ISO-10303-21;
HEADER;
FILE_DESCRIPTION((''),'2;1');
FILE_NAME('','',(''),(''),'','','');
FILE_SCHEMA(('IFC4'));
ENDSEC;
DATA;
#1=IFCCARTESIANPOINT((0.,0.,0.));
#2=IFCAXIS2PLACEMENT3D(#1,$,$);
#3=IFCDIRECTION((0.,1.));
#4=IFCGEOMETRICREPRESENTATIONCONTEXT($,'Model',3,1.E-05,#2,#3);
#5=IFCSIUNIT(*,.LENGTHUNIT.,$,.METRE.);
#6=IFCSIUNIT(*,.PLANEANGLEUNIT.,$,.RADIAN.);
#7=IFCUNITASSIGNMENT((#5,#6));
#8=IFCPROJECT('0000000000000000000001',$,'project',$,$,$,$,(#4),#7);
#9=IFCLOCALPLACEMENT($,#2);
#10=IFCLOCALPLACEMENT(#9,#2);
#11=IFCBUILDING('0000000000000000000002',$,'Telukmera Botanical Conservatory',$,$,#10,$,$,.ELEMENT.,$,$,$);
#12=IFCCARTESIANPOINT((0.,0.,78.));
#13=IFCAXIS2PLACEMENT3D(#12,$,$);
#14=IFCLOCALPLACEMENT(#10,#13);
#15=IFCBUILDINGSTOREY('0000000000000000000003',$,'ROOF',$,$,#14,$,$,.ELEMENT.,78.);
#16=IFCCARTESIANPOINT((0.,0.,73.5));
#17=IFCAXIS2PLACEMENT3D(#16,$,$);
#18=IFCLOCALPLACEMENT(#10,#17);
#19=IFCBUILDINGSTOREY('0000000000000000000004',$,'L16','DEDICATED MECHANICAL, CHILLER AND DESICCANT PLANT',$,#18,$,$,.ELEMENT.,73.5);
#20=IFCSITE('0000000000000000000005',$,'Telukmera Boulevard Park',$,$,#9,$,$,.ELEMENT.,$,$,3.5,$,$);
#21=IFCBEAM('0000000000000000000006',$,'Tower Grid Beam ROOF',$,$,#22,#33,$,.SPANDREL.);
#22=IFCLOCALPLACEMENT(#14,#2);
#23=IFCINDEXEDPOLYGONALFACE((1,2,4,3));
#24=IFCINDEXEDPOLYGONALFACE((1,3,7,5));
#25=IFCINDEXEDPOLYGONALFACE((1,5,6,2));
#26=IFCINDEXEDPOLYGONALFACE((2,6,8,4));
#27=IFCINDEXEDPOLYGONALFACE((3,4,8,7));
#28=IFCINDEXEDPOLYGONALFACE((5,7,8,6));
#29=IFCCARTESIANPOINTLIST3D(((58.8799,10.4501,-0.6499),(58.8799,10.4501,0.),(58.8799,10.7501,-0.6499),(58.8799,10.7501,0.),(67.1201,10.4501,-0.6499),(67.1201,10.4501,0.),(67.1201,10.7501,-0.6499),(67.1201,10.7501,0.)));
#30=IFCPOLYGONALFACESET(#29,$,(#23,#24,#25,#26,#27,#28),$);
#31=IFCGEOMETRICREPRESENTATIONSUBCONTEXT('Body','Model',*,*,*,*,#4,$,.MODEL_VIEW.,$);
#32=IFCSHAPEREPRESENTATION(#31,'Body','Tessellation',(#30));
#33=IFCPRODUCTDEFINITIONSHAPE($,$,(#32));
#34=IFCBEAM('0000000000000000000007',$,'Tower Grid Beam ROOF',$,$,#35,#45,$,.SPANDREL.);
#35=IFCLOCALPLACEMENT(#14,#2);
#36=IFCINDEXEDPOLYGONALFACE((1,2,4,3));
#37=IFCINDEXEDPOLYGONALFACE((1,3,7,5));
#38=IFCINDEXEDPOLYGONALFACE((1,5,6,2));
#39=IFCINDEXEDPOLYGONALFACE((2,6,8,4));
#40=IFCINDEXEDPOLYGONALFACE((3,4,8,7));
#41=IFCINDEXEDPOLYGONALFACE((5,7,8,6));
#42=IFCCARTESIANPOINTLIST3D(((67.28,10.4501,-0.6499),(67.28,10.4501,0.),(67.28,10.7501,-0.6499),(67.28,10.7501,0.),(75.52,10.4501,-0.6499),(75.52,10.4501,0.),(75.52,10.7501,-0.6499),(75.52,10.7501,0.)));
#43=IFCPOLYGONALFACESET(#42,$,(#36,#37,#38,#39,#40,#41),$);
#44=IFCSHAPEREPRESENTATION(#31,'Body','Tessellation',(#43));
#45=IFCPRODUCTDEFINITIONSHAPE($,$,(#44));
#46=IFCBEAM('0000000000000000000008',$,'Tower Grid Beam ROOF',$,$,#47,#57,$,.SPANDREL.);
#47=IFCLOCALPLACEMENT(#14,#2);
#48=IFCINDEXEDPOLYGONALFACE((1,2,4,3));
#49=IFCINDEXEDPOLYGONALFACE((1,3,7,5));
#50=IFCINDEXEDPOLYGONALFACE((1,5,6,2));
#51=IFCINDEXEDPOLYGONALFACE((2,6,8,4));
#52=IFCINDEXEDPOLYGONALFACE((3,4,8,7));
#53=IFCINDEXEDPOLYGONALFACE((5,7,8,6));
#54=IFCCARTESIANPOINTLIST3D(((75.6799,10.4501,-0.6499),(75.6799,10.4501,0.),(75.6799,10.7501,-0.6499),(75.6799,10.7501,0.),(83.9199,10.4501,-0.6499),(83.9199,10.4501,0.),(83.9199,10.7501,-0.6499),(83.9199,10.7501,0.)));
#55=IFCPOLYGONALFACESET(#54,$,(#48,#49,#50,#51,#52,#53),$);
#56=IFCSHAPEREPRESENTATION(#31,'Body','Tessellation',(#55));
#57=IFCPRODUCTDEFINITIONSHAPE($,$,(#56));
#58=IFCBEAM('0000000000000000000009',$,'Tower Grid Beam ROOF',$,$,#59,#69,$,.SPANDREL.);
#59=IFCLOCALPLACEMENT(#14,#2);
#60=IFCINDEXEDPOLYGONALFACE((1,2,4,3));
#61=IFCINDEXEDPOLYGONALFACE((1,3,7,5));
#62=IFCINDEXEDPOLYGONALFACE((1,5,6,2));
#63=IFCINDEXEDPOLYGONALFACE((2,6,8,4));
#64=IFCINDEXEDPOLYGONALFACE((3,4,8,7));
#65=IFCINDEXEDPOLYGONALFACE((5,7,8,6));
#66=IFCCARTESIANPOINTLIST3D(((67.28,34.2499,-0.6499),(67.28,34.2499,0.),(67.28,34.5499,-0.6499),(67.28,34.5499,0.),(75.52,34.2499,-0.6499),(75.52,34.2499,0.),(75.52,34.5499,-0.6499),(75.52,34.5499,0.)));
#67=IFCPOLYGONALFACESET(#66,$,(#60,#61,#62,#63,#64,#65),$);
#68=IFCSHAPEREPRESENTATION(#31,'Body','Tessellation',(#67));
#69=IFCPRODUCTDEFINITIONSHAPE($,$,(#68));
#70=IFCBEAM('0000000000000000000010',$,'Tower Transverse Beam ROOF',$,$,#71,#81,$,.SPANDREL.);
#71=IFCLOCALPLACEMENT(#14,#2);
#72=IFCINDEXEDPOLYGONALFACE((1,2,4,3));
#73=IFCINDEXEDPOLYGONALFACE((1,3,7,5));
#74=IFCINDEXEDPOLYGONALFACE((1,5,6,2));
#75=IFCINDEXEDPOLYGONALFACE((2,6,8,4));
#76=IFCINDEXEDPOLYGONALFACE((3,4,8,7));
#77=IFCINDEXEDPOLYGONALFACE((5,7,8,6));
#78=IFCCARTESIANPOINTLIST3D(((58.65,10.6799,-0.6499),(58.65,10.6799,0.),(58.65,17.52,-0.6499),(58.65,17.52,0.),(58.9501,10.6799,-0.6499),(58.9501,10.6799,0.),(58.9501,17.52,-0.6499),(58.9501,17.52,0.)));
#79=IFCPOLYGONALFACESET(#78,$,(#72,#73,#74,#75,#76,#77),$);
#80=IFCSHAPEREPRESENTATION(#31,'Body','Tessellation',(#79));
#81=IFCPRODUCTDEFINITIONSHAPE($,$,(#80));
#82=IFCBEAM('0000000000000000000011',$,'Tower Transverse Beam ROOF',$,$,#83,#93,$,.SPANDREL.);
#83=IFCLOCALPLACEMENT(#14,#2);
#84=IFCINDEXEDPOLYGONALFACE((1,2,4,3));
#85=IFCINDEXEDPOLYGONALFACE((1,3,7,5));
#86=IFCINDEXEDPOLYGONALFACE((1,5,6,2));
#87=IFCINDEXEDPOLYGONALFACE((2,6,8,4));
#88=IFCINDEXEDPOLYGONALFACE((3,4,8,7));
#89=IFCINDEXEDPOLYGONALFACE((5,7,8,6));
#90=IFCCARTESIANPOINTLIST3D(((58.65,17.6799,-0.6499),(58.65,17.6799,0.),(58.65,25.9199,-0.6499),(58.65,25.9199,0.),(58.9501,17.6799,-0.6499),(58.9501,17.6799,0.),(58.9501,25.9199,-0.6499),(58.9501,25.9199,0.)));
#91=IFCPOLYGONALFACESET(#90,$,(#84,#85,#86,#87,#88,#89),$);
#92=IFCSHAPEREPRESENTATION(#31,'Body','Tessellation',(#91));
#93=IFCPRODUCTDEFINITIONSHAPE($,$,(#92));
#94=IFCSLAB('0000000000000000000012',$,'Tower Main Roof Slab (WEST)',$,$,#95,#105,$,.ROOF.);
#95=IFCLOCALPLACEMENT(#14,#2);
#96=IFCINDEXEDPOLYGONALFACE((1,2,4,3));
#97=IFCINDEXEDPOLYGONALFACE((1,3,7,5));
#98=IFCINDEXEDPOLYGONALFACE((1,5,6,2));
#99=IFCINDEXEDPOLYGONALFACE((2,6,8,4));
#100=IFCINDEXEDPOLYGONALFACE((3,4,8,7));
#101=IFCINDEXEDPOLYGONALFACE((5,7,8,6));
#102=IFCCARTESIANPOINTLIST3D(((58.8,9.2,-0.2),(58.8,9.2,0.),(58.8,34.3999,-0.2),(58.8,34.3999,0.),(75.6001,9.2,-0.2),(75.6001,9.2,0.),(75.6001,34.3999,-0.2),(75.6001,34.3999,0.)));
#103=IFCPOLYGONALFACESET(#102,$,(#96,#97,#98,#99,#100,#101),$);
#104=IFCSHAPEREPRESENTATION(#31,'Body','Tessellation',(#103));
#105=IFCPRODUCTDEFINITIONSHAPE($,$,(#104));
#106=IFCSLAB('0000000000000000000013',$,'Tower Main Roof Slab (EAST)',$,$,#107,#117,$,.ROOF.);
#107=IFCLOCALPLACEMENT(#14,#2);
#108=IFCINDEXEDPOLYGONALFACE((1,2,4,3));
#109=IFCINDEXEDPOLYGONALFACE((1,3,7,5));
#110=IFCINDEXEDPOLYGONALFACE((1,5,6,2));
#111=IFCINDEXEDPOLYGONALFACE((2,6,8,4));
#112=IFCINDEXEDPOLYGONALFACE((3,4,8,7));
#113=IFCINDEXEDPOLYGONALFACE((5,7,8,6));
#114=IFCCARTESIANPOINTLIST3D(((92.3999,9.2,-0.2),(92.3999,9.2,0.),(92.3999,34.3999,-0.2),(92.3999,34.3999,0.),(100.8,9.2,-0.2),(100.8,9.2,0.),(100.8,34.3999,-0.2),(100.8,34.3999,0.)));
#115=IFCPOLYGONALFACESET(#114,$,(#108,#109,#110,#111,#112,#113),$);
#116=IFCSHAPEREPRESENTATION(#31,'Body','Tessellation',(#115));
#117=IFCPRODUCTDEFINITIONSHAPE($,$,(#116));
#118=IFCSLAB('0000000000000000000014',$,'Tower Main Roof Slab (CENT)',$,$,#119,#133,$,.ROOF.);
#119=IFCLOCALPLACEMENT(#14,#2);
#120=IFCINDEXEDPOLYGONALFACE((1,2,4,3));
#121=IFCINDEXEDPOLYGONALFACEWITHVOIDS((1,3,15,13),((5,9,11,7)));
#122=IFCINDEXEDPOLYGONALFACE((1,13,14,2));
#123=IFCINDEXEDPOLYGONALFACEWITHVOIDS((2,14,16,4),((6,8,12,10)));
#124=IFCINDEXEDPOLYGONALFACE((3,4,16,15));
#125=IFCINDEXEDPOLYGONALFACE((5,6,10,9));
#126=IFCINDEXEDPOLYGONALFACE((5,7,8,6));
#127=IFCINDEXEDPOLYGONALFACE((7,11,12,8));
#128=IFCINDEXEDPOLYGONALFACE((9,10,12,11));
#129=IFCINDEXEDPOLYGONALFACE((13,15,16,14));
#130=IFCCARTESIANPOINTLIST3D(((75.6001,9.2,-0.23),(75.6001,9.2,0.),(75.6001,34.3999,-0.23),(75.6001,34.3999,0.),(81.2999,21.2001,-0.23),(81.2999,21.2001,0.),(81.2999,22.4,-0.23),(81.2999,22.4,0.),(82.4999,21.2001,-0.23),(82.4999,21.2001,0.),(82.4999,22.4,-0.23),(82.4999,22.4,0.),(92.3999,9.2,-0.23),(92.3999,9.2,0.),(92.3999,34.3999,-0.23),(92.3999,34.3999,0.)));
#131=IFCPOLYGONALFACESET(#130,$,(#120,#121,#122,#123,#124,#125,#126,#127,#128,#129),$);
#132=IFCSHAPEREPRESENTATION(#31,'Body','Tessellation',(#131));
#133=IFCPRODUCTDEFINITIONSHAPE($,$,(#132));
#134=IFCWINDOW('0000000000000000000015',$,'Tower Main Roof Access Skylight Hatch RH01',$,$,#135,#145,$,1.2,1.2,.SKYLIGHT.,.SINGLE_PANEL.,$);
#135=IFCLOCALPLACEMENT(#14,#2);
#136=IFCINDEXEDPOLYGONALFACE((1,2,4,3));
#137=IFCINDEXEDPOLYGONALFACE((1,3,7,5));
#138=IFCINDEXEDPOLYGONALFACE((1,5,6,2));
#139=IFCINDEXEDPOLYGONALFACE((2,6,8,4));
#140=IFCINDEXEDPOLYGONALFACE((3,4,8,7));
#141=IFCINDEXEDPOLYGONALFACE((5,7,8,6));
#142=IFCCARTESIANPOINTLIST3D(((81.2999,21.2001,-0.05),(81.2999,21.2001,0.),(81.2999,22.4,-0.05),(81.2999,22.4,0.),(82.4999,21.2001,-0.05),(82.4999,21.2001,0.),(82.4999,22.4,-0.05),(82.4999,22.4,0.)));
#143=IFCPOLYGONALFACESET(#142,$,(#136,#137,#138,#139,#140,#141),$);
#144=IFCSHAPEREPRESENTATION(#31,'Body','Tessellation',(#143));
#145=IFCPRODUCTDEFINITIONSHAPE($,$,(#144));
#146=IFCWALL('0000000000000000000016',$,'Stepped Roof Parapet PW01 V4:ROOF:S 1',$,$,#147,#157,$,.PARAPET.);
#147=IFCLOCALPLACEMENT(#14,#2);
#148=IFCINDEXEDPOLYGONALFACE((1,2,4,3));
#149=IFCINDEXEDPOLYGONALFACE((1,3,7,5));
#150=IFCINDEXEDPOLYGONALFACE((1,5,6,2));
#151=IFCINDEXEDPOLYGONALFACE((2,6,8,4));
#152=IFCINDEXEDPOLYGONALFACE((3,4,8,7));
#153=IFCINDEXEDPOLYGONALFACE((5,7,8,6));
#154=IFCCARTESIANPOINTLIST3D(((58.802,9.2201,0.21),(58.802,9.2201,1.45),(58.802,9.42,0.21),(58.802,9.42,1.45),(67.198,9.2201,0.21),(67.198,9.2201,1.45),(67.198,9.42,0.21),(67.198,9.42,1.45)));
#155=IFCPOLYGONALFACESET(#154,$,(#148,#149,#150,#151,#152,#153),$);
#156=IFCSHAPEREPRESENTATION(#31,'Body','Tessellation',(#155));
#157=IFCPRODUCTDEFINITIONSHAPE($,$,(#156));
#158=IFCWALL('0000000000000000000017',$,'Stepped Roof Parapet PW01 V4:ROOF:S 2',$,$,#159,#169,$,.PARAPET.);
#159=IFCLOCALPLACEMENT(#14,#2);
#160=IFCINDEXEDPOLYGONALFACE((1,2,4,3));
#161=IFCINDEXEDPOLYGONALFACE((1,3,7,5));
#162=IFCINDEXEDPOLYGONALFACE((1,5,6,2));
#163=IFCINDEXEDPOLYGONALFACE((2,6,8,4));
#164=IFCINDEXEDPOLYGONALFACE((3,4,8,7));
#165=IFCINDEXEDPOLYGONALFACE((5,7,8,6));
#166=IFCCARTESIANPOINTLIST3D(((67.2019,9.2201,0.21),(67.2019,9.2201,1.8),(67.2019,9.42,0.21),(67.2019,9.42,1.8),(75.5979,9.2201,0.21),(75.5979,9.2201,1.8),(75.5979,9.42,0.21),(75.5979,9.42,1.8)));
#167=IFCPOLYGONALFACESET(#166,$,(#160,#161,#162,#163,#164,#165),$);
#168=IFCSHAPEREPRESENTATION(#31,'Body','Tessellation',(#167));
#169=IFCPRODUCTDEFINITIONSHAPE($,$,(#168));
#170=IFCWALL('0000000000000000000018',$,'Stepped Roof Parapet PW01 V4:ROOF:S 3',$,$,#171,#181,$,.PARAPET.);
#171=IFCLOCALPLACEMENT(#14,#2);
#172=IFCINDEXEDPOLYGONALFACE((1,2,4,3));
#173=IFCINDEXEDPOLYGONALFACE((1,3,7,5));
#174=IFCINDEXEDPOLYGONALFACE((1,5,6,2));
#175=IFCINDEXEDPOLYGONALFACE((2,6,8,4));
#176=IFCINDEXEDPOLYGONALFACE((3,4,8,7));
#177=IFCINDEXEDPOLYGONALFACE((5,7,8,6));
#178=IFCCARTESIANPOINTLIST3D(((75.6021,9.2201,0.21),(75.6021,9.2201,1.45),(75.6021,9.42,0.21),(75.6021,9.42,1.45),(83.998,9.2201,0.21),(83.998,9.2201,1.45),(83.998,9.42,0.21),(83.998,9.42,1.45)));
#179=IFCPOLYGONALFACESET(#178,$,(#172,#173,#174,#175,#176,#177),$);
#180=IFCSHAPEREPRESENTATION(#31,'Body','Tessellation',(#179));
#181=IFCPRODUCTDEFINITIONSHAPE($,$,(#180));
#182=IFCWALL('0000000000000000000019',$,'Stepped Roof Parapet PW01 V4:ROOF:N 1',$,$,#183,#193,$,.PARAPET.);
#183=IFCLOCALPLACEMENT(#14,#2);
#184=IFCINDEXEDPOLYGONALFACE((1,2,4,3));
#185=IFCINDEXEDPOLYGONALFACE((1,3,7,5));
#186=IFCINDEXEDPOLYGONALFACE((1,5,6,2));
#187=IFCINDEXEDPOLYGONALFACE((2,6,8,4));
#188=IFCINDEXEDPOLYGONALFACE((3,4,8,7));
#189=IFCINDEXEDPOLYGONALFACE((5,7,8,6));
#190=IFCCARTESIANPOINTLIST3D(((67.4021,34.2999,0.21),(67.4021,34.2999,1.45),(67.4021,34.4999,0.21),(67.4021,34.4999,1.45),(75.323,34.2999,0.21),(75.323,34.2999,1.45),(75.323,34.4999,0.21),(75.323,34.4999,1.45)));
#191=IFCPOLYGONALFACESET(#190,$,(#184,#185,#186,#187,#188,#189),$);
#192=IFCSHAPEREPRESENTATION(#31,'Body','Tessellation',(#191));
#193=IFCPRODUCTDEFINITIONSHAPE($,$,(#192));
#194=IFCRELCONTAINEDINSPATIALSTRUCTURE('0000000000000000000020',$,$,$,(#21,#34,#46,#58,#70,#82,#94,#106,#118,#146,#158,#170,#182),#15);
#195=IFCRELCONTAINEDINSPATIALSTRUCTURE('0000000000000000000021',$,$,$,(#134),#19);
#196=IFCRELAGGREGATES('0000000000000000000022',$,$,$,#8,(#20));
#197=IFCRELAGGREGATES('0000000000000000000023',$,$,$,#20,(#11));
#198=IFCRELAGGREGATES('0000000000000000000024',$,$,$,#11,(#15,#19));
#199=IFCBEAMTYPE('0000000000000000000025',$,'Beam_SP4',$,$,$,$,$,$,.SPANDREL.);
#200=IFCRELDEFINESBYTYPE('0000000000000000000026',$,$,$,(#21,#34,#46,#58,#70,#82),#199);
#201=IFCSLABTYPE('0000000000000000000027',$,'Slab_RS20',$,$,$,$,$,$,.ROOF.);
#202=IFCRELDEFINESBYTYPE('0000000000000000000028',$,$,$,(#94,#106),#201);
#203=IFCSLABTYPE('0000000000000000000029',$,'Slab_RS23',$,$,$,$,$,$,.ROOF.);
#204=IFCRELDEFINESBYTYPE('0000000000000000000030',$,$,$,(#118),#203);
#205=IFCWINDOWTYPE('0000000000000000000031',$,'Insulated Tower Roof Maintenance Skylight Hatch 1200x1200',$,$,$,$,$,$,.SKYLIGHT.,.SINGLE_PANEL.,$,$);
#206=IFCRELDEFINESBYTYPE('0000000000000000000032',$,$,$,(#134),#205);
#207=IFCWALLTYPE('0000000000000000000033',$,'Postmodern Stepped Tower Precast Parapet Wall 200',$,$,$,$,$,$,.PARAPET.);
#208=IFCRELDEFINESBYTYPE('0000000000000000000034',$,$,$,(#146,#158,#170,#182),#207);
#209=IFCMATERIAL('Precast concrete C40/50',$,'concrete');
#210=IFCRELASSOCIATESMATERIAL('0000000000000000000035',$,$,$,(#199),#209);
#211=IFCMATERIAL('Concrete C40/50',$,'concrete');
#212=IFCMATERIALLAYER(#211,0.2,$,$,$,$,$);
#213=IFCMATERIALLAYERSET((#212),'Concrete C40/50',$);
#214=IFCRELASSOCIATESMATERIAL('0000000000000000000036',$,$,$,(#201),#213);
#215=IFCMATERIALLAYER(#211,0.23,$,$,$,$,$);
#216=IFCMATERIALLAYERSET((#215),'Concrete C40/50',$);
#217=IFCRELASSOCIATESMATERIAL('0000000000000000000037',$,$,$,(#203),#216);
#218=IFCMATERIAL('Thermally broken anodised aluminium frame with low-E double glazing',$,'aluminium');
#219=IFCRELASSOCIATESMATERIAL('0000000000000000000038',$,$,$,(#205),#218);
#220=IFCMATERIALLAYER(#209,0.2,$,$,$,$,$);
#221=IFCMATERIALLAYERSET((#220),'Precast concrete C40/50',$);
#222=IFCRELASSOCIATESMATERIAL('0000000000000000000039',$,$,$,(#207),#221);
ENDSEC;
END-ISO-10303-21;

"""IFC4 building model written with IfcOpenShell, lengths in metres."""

from ifc_helpers import new_model, si_unit, direction, frame, frame_2d, origin, origin_2d, place, context, subcontext, project, spatial, polyline, rectangle, outline, extrude, material, layer, layer_set, material_profile, profile_set, type_object, element, fill, save


model = new_model("IFC4")

# Units and contexts
model_context = context("Model", 3, precision=1e-05, world=origin(), true_north=direction((0.0, 1.0)))
body_context = subcontext(model_context, "Body", "Model", "MODEL_VIEW")
ifc_project = project(units=[si_unit("LENGTHUNIT", "METRE"), si_unit("PLANEANGLEUNIT", "RADIAN")], contexts=[model_context])

# Site, building, storey
site_placement = place(None, origin())
site = spatial("IfcSite", under=ifc_project, at=site_placement, Name="Telukmera Boulevard Park", CompositionType="ELEMENT", RefElevation=3.5)
building_placement = place(site_placement, origin())
building = spatial("IfcBuilding", under=site, at=building_placement, Name="Telukmera Botanical Conservatory", CompositionType="ELEMENT")
storey_1_placement = place(building_placement, frame((0.0, 0.0, 78.0)))
storey_1 = spatial("IfcBuildingStorey", under=building, at=storey_1_placement, Name="ROOF", CompositionType="ELEMENT", Elevation=78.0)

# Beams
ifc_material_1 = material(Name="Concrete C40/50", Category="concrete")
ifc_material_2 = material(Name="Precast concrete C40/50", Category="concrete")
ifc_material_profile_1 = material_profile(ifc_material_2, rectangle(XDim=0.3, YDim=0.6499, at=origin_2d()), Name="PC 300x650")
ifc_profile_set_1 = profile_set([ifc_material_profile_1], Name="Precast concrete C40/50")
beam_type_1 = type_object("IfcBeamType", Name="Beam_SP4", PredefinedType="SPANDREL", material=ifc_profile_set_1)
beam_1_placement = place(storey_1_placement, frame((58.8799, 10.6001, -0.325), z_axis=(1.0, 0.0, 0.0), x_axis=(0.0, 1.0, 0.0)))
element("IfcBeam", 1, at=beam_1_placement, inside=storey_1, type_object=beam_type_1, Name="Tower Grid Beam ROOF", PredefinedType="SPANDREL", context=body_context, shape_type="SweptSolid", body=[
    extrude(rectangle(XDim=0.3, YDim=0.6499, at=origin_2d()), origin(), (0.0, 0.0, 1.0), 8.2402),
])
for number, where, z_axis, x_axis, name in (
    (2, (67.28, 10.6001, -0.325), (1.0, 0.0, 0.0), (0.0, 1.0, 0.0), "Tower Grid Beam ROOF"),
    (3, (75.6799, 10.6001, -0.325), (1.0, 0.0, 0.0), (0.0, 1.0, 0.0), "Tower Grid Beam ROOF"),
    (4, (67.28, 34.3999, -0.325), (1.0, 0.0, 0.0), (0.0, 1.0, 0.0), "Tower Grid Beam ROOF"),
):
    element("IfcBeam", number, at=place(storey_1_placement, frame(where, z_axis=z_axis, x_axis=x_axis)), inside=storey_1, type_object=beam_type_1, Name=name, PredefinedType="SPANDREL", context=body_context, shape_type="SweptSolid", body=[
        extrude(rectangle(XDim=0.3, YDim=0.6499, at=origin_2d()), origin(), (0.0, 0.0, 1.0), 8.24),
    ])
beam_2_placement = place(storey_1_placement, frame((58.8, 10.6799, -0.325), z_axis=(0.0, 1.0, 0.0), x_axis=(-1.0, 0.0, 0.0)))
element("IfcBeam", 5, at=beam_2_placement, inside=storey_1, type_object=beam_type_1, Name="Tower Transverse Beam ROOF", PredefinedType="SPANDREL", context=body_context, shape_type="SweptSolid", body=[
    extrude(rectangle(XDim=0.3, YDim=0.6499, at=origin_2d()), origin(), (0.0, 0.0, 1.0), 6.8401),
])
beam_3_placement = place(storey_1_placement, frame((58.8, 17.6799, -0.325), z_axis=(0.0, 1.0, 0.0), x_axis=(-1.0, 0.0, 0.0)))
element("IfcBeam", 6, at=beam_3_placement, inside=storey_1, type_object=beam_type_1, Name="Tower Transverse Beam ROOF", PredefinedType="SPANDREL", context=body_context, shape_type="SweptSolid", body=[
    extrude(rectangle(XDim=0.3, YDim=0.6499, at=origin_2d()), origin(), (0.0, 0.0, 1.0), 8.24),
])

# Slabs
ifc_layer_1 = layer(ifc_material_1, 0.2)
ifc_layer_set_1 = layer_set([ifc_layer_1], Name="Concrete C40/50")
slab_type_1 = type_object("IfcSlabType", Name="Slab_RS20", PredefinedType="ROOF", material=ifc_layer_set_1)
slab_1_placement = place(storey_1_placement, frame((0.0, 0.0, -0.2)))
element("IfcSlab", 7, at=slab_1_placement, inside=storey_1, type_object=slab_type_1, Name="Tower Main Roof Slab (WEST)", PredefinedType="ROOF", context=body_context, shape_type="SweptSolid", body=[
    extrude(outline(polyline([(58.8, 9.2), (75.6001, 9.2), (75.6001, 34.3999), (58.8, 34.3999), (58.8, 9.2)])), origin(), (0.0, 0.0, 1.0), 0.2),
])
slab_2_placement = place(storey_1_placement, frame((0.0, 0.0, -0.2)))
element("IfcSlab", 8, at=slab_2_placement, inside=storey_1, type_object=slab_type_1, Name="Tower Main Roof Slab (EAST)", PredefinedType="ROOF", context=body_context, shape_type="SweptSolid", body=[
    extrude(outline(polyline([(92.3999, 9.2), (100.8, 9.2), (100.8, 34.3999), (92.3999, 34.3999), (92.3999, 9.2)])), origin(), (0.0, 0.0, 1.0), 0.2),
])

# Slab, opening
ifc_layer_2 = layer(ifc_material_1, 0.23)
ifc_layer_set_2 = layer_set([ifc_layer_2], Name="Concrete C40/50")
slab_type_2 = type_object("IfcSlabType", Name="Slab_RS23", PredefinedType="ROOF", material=ifc_layer_set_2)
slab_3_placement = place(storey_1_placement, frame((0.0, 0.0, -0.23)))
slab_3 = element("IfcSlab", 9, at=slab_3_placement, inside=storey_1, type_object=slab_type_2, Name="Tower Main Roof Slab (CENT)", PredefinedType="ROOF", context=body_context, shape_type="SweptSolid", body=[
    extrude(outline(polyline([(75.6001, 9.2), (92.3999, 9.2), (92.3999, 34.3999), (75.6001, 34.3999), (75.6001, 9.2)])), origin(), (0.0, 0.0, 1.0), 0.23),
])
opening_placement = place(slab_3_placement, frame((81.8999, 21.8, 0.0)))
opening = element("IfcOpeningElement", 10, at=opening_placement, cuts=slab_3, PredefinedType="OPENING", context=body_context, shape_type="SweptSolid", body=[
    extrude(rectangle(XDim=1.2, YDim=1.2, at=origin_2d()), frame((0.0, 0.0, -0.01)), (0.0, 0.0, 1.0), 0.25),
])

# Shared definitions
storey_2_placement = place(building_placement, frame((0.0, 0.0, 73.5)))
storey_2 = spatial("IfcBuildingStorey", under=building, at=storey_2_placement, Name="L16", Description="DEDICATED MECHANICAL, CHILLER AND DESICCANT PLANT", CompositionType="ELEMENT", Elevation=73.5)

# Window
ifc_material_3 = material(Name="Thermally broken anodised aluminium frame with low-E double glazing", Category="aluminium")
window_type = type_object("IfcWindowType", Name="Insulated Tower Roof Maintenance Skylight Hatch 1200x1200", PartitioningType="SINGLE_PANEL", PredefinedType="SKYLIGHT", material=ifc_material_3)
window_placement = place(opening_placement, frame((0.0, 0.0, 0.1799)))
window = element("IfcWindow", 11, at=window_placement, inside=storey_2, type_object=window_type, Name="Tower Main Roof Access Skylight Hatch RH01", OverallHeight=1.2, OverallWidth=1.2, PartitioningType="SINGLE_PANEL", PredefinedType="SKYLIGHT", context=body_context, shape_type="SweptSolid", body=[
    extrude(rectangle(XDim=1.2, YDim=1.2, at=origin_2d()), origin(), (0.0, 0.0, 1.0), 0.05),
])
fill(opening, window)

# Walls
ifc_layer_3 = layer(ifc_material_2, 0.2)
ifc_layer_set_3 = layer_set([ifc_layer_3], Name="Precast concrete C40/50")
wall_type_1 = type_object("IfcWallType", Name="Postmodern Stepped Tower Precast Parapet Wall 200", PredefinedType="PARAPET", material=ifc_layer_set_3)
wall_1_placement = place(storey_1_placement, frame((58.802, 9.3201, 0.21), z_axis=(0.0, 0.0, 1.0), x_axis=(1.0, 0.0, 0.0)))
element("IfcWall", 12, at=wall_1_placement, inside=storey_1, type_object=wall_type_1, Name="Stepped Roof Parapet PW01 V4:ROOF:S 1", PredefinedType="PARAPET", context=body_context, shape_type="SweptSolid", body=[
    extrude(rectangle(XDim=8.396, YDim=0.2, at=frame_2d((4.198, 0.0))), origin(), (0.0, 0.0, 1.0), 1.24),
])
wall_2_placement = place(storey_1_placement, frame((67.2019, 9.3201, 0.21), z_axis=(0.0, 0.0, 1.0), x_axis=(1.0, 0.0, 0.0)))
element("IfcWall", 13, at=wall_2_placement, inside=storey_1, type_object=wall_type_1, Name="Stepped Roof Parapet PW01 V4:ROOF:S 2", PredefinedType="PARAPET", context=body_context, shape_type="SweptSolid", body=[
    extrude(rectangle(XDim=8.396, YDim=0.2, at=frame_2d((4.198, 0.0))), origin(), (0.0, 0.0, 1.0), 1.5901),
])
wall_3_placement = place(storey_1_placement, frame((75.6021, 9.3201, 0.21), z_axis=(0.0, 0.0, 1.0), x_axis=(1.0, 0.0, 0.0)))
element("IfcWall", 14, at=wall_3_placement, inside=storey_1, type_object=wall_type_1, Name="Stepped Roof Parapet PW01 V4:ROOF:S 3", PredefinedType="PARAPET", context=body_context, shape_type="SweptSolid", body=[
    extrude(rectangle(XDim=8.396, YDim=0.2, at=frame_2d((4.198, 0.0))), origin(), (0.0, 0.0, 1.0), 1.24),
])
wall_4_placement = place(storey_1_placement, frame((67.4021, 34.3999, 0.21), z_axis=(0.0, 0.0, 1.0), x_axis=(1.0, 0.0, 0.0)))
element("IfcWall", 15, at=wall_4_placement, inside=storey_1, type_object=wall_type_1, Name="Stepped Roof Parapet PW01 V4:ROOF:N 1", PredefinedType="PARAPET", context=body_context, shape_type="SweptSolid", body=[
    extrude(rectangle(XDim=7.9209, YDim=0.2, at=frame_2d((3.9604, 0.0))), origin(), (0.0, 0.0, 1.0), 1.24),
])

save(model, "model.ifc")
